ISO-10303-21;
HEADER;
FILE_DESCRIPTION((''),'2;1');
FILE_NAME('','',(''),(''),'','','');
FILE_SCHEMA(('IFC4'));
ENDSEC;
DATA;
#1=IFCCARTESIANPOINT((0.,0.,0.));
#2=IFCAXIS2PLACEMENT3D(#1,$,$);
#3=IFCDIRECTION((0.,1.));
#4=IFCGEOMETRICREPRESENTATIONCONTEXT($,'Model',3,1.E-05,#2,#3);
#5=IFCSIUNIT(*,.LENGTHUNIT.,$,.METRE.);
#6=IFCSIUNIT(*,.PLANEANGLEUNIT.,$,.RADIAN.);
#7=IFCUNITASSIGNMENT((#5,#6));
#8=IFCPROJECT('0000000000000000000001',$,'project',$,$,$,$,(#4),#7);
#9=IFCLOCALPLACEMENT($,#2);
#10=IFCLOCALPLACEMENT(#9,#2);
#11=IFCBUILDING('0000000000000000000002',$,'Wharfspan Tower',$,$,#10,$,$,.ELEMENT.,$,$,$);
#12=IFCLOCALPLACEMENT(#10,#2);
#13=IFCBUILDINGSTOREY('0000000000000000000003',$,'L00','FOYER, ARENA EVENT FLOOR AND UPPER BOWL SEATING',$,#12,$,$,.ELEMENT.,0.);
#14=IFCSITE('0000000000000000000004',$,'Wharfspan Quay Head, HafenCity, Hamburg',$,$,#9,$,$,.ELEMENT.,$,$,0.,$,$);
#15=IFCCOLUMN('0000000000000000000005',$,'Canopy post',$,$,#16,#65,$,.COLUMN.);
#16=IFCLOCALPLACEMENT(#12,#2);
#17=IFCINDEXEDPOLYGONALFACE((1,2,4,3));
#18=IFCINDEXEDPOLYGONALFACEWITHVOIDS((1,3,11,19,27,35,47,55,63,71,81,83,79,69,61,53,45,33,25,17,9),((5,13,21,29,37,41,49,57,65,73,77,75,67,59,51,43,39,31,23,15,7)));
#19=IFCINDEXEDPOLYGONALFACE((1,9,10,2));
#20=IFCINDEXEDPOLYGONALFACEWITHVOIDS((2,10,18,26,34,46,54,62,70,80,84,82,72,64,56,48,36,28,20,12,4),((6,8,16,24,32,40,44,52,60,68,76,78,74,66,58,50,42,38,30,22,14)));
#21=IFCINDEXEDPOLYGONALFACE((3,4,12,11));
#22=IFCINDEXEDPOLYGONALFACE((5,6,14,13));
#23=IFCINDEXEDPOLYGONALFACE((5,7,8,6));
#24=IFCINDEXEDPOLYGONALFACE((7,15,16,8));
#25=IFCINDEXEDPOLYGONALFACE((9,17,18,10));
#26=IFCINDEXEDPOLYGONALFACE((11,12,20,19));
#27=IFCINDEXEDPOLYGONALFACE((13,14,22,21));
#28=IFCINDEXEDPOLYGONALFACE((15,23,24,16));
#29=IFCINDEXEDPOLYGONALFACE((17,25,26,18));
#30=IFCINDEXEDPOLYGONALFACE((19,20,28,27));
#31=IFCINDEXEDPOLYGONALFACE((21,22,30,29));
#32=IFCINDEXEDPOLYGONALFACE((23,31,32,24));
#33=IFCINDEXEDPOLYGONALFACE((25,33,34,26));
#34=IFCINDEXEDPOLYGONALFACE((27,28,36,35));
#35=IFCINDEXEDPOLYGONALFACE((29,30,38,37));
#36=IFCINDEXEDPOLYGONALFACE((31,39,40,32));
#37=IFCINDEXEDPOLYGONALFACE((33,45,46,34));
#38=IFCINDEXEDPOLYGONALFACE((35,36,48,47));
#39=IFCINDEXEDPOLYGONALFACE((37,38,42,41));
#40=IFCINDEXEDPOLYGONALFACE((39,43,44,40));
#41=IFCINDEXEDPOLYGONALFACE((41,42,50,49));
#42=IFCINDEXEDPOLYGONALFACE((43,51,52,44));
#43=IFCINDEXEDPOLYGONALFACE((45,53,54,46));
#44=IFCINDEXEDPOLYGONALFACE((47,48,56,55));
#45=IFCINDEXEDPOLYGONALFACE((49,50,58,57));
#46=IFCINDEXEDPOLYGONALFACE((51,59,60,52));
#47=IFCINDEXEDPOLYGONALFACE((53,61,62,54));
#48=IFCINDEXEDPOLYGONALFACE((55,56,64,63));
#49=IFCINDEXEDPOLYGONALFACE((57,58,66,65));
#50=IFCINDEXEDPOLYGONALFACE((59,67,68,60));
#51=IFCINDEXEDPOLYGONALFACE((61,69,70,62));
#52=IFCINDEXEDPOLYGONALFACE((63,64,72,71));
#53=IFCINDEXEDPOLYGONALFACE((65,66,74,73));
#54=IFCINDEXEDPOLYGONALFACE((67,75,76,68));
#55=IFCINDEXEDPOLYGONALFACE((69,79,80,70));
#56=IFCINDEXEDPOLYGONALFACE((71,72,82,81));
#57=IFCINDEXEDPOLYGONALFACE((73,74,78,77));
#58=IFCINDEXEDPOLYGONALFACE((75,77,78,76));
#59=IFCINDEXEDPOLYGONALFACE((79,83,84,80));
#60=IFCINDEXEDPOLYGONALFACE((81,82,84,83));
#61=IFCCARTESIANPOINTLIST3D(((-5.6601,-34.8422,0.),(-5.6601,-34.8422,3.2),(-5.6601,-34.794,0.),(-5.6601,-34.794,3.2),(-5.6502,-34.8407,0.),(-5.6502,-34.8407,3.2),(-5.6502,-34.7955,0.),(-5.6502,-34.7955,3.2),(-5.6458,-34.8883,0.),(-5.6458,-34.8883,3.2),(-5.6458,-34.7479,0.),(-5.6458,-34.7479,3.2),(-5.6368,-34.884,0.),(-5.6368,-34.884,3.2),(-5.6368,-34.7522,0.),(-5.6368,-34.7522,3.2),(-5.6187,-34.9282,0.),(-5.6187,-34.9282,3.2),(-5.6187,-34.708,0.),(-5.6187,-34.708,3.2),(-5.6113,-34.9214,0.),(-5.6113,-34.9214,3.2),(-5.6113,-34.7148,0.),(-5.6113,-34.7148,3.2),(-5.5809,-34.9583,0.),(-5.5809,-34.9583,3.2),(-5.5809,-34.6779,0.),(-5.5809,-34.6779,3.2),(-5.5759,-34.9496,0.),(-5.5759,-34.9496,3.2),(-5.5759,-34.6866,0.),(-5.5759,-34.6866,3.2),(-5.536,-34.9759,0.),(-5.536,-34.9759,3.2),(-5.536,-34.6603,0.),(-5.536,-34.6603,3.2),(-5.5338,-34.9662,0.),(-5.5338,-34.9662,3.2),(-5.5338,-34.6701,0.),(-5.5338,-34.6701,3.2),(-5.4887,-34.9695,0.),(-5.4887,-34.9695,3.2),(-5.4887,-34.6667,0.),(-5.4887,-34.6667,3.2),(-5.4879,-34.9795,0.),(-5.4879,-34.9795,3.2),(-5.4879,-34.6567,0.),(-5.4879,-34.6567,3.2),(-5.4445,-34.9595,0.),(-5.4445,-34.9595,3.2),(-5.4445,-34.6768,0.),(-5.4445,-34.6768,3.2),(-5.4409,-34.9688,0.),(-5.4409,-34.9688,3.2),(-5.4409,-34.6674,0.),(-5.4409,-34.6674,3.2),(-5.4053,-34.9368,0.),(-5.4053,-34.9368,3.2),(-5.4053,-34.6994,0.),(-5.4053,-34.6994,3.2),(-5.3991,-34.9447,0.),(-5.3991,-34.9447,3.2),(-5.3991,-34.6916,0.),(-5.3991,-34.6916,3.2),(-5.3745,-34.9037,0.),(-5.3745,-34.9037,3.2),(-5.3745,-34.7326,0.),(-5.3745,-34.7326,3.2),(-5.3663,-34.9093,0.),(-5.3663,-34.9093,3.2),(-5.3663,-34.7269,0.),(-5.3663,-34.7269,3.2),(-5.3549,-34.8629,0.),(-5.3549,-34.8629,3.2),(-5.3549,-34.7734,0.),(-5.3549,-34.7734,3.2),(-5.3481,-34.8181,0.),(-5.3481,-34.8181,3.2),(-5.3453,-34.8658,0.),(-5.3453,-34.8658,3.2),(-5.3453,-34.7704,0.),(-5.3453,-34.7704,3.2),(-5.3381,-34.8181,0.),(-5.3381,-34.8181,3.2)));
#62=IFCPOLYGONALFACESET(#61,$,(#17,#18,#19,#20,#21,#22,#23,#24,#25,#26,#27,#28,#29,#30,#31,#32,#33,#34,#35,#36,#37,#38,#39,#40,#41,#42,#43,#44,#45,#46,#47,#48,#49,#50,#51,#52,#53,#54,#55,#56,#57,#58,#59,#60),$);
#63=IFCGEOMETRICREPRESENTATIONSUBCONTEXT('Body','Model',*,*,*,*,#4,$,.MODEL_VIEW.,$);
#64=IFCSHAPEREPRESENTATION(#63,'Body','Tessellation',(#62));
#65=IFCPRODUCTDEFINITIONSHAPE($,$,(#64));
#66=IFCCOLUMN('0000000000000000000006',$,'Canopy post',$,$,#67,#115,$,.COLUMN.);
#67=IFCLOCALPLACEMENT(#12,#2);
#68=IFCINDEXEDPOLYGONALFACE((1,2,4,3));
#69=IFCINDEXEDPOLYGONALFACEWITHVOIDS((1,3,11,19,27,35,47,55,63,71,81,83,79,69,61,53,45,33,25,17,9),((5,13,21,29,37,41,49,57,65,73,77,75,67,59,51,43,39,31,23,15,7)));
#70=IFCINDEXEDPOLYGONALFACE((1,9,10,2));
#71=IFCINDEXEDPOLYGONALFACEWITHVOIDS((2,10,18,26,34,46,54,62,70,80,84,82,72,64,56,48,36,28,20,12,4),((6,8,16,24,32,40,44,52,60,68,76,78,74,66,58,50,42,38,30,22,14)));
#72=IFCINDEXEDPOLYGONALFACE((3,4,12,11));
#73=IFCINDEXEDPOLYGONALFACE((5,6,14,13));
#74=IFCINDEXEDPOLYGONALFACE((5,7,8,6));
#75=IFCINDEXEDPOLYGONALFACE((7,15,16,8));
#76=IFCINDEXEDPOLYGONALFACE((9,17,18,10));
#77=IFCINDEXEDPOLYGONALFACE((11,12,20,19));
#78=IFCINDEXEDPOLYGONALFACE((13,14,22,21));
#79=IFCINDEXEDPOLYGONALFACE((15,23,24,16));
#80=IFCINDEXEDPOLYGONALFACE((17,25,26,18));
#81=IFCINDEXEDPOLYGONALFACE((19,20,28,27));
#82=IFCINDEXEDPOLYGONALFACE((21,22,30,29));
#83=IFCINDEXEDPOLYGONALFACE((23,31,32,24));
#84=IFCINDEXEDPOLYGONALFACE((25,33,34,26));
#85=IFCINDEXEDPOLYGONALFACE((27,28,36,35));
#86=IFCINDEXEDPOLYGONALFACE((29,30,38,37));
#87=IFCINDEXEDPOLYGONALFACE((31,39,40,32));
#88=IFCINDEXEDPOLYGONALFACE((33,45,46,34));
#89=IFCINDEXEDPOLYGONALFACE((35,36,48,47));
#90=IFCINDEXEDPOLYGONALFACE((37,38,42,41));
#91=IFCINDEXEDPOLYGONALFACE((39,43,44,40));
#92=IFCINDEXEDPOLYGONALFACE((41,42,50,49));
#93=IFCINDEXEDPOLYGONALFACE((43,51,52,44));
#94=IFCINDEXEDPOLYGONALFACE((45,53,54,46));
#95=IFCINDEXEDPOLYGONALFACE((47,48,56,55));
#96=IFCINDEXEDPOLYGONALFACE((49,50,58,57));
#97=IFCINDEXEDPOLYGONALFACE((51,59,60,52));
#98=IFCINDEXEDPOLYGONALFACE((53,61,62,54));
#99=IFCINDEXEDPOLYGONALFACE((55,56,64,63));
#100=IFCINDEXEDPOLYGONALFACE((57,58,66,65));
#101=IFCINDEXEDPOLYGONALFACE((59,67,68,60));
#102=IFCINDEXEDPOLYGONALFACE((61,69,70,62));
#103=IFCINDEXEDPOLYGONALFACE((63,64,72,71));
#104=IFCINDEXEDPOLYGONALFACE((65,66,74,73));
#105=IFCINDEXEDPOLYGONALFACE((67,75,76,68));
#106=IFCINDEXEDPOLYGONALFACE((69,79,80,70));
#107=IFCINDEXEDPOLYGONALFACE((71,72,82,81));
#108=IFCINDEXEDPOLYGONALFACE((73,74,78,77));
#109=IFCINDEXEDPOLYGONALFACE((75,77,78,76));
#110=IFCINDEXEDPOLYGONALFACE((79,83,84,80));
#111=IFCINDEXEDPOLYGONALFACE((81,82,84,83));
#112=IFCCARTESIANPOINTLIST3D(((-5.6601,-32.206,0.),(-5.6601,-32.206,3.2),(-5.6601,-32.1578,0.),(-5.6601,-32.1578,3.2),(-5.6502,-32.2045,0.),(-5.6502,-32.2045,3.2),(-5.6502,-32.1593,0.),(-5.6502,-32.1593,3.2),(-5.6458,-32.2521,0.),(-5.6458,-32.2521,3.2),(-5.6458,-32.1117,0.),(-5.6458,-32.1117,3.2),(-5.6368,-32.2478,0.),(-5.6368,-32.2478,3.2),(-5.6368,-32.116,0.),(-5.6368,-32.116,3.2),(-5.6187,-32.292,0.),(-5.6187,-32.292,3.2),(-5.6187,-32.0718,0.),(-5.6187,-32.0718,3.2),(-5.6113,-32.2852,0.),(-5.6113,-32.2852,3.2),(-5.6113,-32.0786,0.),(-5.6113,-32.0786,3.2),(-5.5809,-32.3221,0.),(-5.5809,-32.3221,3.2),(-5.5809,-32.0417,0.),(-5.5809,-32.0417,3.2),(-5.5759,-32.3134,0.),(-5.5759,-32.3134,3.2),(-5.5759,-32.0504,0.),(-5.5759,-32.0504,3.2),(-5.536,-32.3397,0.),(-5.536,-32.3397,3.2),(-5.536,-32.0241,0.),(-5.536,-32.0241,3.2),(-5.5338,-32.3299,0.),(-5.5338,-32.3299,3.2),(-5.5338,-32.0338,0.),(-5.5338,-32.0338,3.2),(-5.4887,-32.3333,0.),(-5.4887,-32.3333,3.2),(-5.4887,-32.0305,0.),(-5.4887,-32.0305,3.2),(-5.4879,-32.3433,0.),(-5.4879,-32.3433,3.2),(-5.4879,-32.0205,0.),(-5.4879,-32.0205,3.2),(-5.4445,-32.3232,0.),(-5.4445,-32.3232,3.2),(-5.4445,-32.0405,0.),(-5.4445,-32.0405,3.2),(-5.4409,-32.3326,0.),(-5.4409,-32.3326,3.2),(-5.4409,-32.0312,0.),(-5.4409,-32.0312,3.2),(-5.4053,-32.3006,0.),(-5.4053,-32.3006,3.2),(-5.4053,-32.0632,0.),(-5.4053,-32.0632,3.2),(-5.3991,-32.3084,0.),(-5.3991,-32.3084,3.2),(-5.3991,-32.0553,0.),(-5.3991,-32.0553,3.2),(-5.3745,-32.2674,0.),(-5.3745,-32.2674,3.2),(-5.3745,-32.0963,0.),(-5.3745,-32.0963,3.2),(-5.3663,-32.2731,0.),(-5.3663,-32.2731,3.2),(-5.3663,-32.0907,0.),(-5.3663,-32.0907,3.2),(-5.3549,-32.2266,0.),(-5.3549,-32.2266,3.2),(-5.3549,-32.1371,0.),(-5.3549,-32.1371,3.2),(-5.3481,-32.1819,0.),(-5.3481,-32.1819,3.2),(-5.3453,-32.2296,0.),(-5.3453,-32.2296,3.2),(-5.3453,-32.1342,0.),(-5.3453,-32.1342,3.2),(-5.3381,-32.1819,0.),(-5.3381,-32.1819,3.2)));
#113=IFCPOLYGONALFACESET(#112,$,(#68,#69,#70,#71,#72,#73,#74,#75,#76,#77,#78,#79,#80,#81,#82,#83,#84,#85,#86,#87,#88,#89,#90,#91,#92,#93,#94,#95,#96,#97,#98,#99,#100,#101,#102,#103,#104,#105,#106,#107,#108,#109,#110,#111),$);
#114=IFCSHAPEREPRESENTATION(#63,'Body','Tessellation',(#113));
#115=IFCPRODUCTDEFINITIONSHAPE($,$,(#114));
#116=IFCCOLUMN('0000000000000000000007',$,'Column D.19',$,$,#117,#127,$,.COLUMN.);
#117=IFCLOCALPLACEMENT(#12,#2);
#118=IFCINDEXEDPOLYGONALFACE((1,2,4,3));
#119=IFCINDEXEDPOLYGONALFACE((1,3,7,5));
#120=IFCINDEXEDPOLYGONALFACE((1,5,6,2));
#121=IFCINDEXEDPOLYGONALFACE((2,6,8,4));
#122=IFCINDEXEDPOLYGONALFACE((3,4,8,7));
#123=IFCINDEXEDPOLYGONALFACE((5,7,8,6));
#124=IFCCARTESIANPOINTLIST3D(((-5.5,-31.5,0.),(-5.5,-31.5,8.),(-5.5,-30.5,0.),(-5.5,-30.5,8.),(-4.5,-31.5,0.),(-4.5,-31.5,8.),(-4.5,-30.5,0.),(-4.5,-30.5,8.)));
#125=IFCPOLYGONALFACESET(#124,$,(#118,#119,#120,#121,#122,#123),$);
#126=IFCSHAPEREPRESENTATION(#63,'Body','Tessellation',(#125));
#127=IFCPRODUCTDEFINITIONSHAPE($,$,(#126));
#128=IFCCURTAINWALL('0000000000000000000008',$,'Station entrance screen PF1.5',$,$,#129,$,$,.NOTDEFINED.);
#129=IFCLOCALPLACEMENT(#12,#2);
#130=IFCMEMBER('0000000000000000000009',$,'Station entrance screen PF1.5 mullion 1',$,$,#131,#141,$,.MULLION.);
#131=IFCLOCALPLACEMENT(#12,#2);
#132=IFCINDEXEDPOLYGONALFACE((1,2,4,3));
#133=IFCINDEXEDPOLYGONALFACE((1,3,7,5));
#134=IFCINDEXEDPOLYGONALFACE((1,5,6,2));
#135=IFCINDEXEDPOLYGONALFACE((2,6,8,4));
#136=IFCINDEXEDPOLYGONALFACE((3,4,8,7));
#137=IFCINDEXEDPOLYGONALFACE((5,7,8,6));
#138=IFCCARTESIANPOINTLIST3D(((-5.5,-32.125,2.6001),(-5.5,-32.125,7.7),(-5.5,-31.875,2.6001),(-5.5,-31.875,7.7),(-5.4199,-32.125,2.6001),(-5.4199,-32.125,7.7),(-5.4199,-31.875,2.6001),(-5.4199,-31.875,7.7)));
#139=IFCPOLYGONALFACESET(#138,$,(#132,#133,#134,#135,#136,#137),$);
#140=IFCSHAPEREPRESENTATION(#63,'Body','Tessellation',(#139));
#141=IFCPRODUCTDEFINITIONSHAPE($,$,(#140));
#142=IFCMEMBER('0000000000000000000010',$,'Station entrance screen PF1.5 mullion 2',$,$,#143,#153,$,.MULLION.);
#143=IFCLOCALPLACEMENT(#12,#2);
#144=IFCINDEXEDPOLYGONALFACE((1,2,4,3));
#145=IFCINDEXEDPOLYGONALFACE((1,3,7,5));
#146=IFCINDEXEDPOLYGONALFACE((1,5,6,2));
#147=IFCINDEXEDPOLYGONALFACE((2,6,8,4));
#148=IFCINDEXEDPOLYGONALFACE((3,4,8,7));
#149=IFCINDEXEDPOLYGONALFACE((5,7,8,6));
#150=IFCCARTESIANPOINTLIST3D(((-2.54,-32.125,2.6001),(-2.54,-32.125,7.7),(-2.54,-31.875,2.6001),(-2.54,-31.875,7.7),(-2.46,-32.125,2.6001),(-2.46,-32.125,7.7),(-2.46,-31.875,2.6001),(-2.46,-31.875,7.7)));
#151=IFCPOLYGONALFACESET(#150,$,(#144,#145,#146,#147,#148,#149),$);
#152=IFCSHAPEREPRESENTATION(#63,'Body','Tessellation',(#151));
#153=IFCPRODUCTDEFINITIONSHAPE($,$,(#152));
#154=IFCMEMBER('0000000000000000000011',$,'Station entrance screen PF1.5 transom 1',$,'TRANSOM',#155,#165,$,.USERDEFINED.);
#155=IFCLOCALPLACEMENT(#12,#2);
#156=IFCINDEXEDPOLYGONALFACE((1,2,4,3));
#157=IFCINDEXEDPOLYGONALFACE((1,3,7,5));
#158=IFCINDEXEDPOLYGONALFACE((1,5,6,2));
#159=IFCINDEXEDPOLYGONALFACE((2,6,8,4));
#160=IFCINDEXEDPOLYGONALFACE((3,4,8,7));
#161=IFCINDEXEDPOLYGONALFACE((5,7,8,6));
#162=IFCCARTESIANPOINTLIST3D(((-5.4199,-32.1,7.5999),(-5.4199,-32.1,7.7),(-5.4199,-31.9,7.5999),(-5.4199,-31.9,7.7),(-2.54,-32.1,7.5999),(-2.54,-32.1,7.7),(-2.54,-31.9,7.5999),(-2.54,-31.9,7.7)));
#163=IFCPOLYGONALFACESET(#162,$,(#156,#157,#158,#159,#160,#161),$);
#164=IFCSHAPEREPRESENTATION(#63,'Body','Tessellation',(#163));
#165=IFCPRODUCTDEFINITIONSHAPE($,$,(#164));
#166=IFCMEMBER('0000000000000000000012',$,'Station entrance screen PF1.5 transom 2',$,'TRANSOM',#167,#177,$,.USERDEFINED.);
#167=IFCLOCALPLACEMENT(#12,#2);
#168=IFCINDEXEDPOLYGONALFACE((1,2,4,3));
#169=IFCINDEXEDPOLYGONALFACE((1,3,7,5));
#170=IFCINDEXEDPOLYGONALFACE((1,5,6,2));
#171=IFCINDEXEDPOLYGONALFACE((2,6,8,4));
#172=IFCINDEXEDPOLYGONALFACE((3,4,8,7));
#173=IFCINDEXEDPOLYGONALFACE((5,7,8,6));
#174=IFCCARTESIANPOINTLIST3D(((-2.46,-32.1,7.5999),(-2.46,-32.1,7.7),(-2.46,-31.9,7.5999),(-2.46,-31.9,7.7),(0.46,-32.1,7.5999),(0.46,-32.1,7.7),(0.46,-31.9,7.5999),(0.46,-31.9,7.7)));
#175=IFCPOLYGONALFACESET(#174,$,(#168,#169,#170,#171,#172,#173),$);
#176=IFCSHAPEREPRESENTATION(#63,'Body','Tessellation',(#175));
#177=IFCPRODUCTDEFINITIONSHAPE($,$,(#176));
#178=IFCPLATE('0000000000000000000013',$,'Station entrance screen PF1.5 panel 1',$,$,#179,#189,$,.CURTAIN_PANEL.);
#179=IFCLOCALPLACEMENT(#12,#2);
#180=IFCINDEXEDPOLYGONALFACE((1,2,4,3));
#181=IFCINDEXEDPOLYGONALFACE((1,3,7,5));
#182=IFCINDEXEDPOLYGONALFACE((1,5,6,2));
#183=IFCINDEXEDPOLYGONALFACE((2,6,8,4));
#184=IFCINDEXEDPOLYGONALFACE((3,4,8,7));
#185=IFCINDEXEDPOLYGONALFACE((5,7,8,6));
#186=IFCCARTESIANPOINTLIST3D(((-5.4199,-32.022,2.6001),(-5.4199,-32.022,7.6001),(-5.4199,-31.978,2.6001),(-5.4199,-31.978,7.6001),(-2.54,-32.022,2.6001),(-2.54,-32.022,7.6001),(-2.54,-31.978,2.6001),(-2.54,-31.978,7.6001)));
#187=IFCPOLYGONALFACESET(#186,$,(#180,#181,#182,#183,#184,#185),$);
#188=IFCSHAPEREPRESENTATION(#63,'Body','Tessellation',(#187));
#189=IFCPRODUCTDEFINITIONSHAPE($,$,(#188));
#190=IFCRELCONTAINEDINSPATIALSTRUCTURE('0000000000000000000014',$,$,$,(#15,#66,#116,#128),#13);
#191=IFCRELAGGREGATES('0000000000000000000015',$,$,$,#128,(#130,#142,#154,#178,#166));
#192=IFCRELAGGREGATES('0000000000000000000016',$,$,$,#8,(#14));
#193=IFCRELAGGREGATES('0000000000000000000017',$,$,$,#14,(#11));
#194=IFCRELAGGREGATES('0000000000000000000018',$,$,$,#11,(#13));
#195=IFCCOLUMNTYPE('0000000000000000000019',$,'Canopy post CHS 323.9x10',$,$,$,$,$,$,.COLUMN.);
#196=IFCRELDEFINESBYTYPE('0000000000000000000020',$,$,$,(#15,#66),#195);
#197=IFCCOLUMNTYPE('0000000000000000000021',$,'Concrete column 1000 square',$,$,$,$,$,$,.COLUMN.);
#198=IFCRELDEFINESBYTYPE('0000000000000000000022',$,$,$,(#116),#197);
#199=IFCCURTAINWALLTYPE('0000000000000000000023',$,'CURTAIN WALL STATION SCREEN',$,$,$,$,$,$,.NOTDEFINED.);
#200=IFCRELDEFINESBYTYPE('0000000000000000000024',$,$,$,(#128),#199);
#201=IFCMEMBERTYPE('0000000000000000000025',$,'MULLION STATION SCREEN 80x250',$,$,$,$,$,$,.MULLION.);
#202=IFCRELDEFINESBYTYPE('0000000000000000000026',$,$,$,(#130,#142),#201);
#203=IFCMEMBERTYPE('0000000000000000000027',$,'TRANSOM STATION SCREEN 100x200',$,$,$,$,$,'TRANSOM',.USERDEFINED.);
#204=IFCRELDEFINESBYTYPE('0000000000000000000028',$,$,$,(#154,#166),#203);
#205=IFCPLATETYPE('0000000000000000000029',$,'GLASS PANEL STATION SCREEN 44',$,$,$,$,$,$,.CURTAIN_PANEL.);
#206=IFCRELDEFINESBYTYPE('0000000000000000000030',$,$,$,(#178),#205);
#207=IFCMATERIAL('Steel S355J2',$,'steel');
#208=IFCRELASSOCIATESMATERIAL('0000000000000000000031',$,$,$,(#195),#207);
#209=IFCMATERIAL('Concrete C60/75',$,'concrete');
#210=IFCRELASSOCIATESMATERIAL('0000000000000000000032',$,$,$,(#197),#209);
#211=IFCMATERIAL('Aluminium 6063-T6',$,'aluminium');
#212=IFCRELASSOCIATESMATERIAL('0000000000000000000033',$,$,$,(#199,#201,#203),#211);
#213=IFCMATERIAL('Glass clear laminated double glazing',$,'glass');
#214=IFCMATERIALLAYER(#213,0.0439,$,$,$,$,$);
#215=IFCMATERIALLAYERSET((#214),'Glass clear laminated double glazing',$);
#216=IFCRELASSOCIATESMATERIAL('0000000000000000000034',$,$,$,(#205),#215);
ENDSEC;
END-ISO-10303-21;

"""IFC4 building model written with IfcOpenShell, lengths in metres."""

from ifc_helpers import new_model, si_unit, direction, frame, origin, origin_2d, place, context, subcontext, project, spatial, rectangle, hollow_circle, extrude, material, layer, layer_set, material_profile, profile_set, type_object, element, aggregate, save


model = new_model("IFC4")

# Units and contexts
model_context = context("Model", 3, precision=1e-05, world=origin(), true_north=direction((0.0, 1.0)))
body_context = subcontext(model_context, "Body", "Model", "MODEL_VIEW")
ifc_project = project(units=[si_unit("LENGTHUNIT", "METRE"), si_unit("PLANEANGLEUNIT", "RADIAN")], contexts=[model_context])

# Site, building, storey
site_placement = place(None, origin())
site = spatial("IfcSite", under=ifc_project, at=site_placement, Name="Wharfspan Quay Head, HafenCity, Hamburg", CompositionType="ELEMENT", RefElevation=0.0)
building_placement = place(site_placement, origin())
building = spatial("IfcBuilding", under=site, at=building_placement, Name="Wharfspan Tower", CompositionType="ELEMENT")
storey_placement = place(building_placement, origin())
storey = spatial("IfcBuildingStorey", under=building, at=storey_placement, Name="L00", Description="FOYER, ARENA EVENT FLOOR AND UPPER BOWL SEATING", CompositionType="ELEMENT", Elevation=0.0)

# Columns
ifc_material_1 = material(Name="Steel S355J2", Category="steel")
ifc_material_profile_1 = material_profile(ifc_material_1, hollow_circle(Radius=0.1619, WallThickness=0.01, at=origin_2d()))
ifc_profile_set_1 = profile_set([ifc_material_profile_1], Name="Steel S355J2")
column_type_1 = type_object("IfcColumnType", Name="Canopy post CHS 323.9x10", PredefinedType="COLUMN", material=ifc_profile_set_1)
for number, where, z_axis, x_axis, name in (
    (1, (-5.5, -34.8181, 0.0), (0.0, 0.0, 1.0), (1.0, 0.0, 0.0), "Canopy post"),
    (2, (-5.5, -32.1819, 0.0), (0.0, 0.0, 1.0), (1.0, 0.0, 0.0), "Canopy post"),
):
    element("IfcColumn", number, at=place(storey_placement, frame(where, z_axis=z_axis, x_axis=x_axis)), inside=storey, type_object=column_type_1, Name=name, PredefinedType="COLUMN", context=body_context, shape_type="SweptSolid", body=[
        extrude(hollow_circle(Radius=0.1619, WallThickness=0.01, at=origin_2d()), origin(), (0.0, 0.0, 1.0), 3.2),
    ])
ifc_material_2 = material(Name="Concrete C60/75", Category="concrete")
ifc_material_profile_2 = material_profile(ifc_material_2, rectangle(XDim=1.0, YDim=1.0, at=origin_2d()))
ifc_profile_set_2 = profile_set([ifc_material_profile_2], Name="Concrete C60/75")
column_type_2 = type_object("IfcColumnType", Name="Concrete column 1000 square", PredefinedType="COLUMN", material=ifc_profile_set_2)
column_placement = place(storey_placement, frame((-5.0, -31.0, 0.0), z_axis=(0.0, 0.0, 1.0), x_axis=(1.0, 0.0, 0.0)))
element("IfcColumn", 3, at=column_placement, inside=storey, type_object=column_type_2, Name="Column D.19", PredefinedType="COLUMN", context=body_context, shape_type="SweptSolid", body=[
    extrude(rectangle(XDim=1.0, YDim=1.0, at=origin_2d()), origin(), (0.0, 0.0, 1.0), 8.0),
])

# Curtain wall, members, plate
ifc_material_3 = material(Name="Aluminium 6063-T6", Category="aluminium")
curtain_wall_type = type_object("IfcCurtainWallType", Name="CURTAIN WALL STATION SCREEN", PredefinedType="NOTDEFINED", material=ifc_material_3)
curtain_wall_placement = place(storey_placement, origin())
curtain_wall = element("IfcCurtainWall", 4, at=curtain_wall_placement, inside=storey, type_object=curtain_wall_type, Name="Station entrance screen PF1.5", PredefinedType="NOTDEFINED")
ifc_material_profile_3 = material_profile(ifc_material_3, rectangle(XDim=0.25, YDim=0.0801, at=origin_2d()))
ifc_profile_set_3 = profile_set([ifc_material_profile_3], Name="Aluminium 6063-T6")
member_type_1 = type_object("IfcMemberType", Name="MULLION STATION SCREEN 80x250", PredefinedType="MULLION", material=ifc_profile_set_3)
member_1_placement = place(storey_placement, frame((-5.46, -32.0, 2.6001), z_axis=(0.0, 0.0, 1.0), x_axis=(0.0, 1.0, 0.0)))
member_1 = element("IfcMember", 5, at=member_1_placement, type_object=member_type_1, Name="Station entrance screen PF1.5 mullion 1", PredefinedType="MULLION", context=body_context, shape_type="SweptSolid", body=[
    extrude(rectangle(XDim=0.25, YDim=0.0801, at=origin_2d()), origin(), (0.0, 0.0, 1.0), 5.0999),
])
member_2_placement = place(storey_placement, frame((-2.5, -32.0, 2.6001), z_axis=(0.0, 0.0, 1.0), x_axis=(0.0, 1.0, 0.0)))
member_2 = element("IfcMember", 6, at=member_2_placement, type_object=member_type_1, Name="Station entrance screen PF1.5 mullion 2", PredefinedType="MULLION", context=body_context, shape_type="SweptSolid", body=[
    extrude(rectangle(XDim=0.25, YDim=0.0801, at=origin_2d()), origin(), (0.0, 0.0, 1.0), 5.0999),
])
ifc_material_profile_4 = material_profile(ifc_material_3, rectangle(XDim=0.2, YDim=0.1001, at=origin_2d()))
ifc_profile_set_4 = profile_set([ifc_material_profile_4], Name="Aluminium 6063-T6")
member_type_2 = type_object("IfcMemberType", Name="TRANSOM STATION SCREEN 100x200", ElementType="TRANSOM", PredefinedType="USERDEFINED", material=ifc_profile_set_4)
member_3_placement = place(storey_placement, frame((-5.4199, -32.0, 7.6499), z_axis=(1.0, 0.0, 0.0), x_axis=(0.0, 1.0, 0.0)))
member_3 = element("IfcMember", 7, at=member_3_placement, type_object=member_type_2, Name="Station entrance screen PF1.5 transom 1", ObjectType="TRANSOM", PredefinedType="USERDEFINED", context=body_context, shape_type="SweptSolid", body=[
    extrude(rectangle(XDim=0.2, YDim=0.1001, at=origin_2d()), origin(), (0.0, 0.0, 1.0), 2.8799),
])
member_4_placement = place(storey_placement, frame((-2.46, -32.0, 7.6499), z_axis=(1.0, 0.0, 0.0), x_axis=(0.0, 1.0, 0.0)))
member_4 = element("IfcMember", 8, at=member_4_placement, type_object=member_type_2, Name="Station entrance screen PF1.5 transom 2", ObjectType="TRANSOM", PredefinedType="USERDEFINED", context=body_context, shape_type="SweptSolid", body=[
    extrude(rectangle(XDim=0.2, YDim=0.1001, at=origin_2d()), origin(), (0.0, 0.0, 1.0), 2.9199),
])
ifc_material_4 = material(Name="Glass clear laminated double glazing", Category="glass")
ifc_layer_1 = layer(ifc_material_4, 0.0439)
ifc_layer_set_1 = layer_set([ifc_layer_1], Name="Glass clear laminated double glazing")
plate_type = type_object("IfcPlateType", Name="GLASS PANEL STATION SCREEN 44", PredefinedType="CURTAIN_PANEL", material=ifc_layer_set_1)
plate_1_placement = place(storey_placement, frame((-3.98, -32.0, 2.6001), z_axis=(0.0, 0.0, 1.0), x_axis=(1.0, 0.0, 0.0)))
plate_1 = element("IfcPlate", 9, at=plate_1_placement, type_object=plate_type, Name="Station entrance screen PF1.5 panel 1", PredefinedType="CURTAIN_PANEL", context=body_context, shape_type="SweptSolid", body=[
    extrude(rectangle(XDim=2.8799, YDim=0.0439, at=origin_2d()), origin(), (0.0, 0.0, 1.0), 5.0),
])
aggregate(curtain_wall, [member_1, member_2, member_3, plate_1, member_4])

save(model, "model.ifc")
